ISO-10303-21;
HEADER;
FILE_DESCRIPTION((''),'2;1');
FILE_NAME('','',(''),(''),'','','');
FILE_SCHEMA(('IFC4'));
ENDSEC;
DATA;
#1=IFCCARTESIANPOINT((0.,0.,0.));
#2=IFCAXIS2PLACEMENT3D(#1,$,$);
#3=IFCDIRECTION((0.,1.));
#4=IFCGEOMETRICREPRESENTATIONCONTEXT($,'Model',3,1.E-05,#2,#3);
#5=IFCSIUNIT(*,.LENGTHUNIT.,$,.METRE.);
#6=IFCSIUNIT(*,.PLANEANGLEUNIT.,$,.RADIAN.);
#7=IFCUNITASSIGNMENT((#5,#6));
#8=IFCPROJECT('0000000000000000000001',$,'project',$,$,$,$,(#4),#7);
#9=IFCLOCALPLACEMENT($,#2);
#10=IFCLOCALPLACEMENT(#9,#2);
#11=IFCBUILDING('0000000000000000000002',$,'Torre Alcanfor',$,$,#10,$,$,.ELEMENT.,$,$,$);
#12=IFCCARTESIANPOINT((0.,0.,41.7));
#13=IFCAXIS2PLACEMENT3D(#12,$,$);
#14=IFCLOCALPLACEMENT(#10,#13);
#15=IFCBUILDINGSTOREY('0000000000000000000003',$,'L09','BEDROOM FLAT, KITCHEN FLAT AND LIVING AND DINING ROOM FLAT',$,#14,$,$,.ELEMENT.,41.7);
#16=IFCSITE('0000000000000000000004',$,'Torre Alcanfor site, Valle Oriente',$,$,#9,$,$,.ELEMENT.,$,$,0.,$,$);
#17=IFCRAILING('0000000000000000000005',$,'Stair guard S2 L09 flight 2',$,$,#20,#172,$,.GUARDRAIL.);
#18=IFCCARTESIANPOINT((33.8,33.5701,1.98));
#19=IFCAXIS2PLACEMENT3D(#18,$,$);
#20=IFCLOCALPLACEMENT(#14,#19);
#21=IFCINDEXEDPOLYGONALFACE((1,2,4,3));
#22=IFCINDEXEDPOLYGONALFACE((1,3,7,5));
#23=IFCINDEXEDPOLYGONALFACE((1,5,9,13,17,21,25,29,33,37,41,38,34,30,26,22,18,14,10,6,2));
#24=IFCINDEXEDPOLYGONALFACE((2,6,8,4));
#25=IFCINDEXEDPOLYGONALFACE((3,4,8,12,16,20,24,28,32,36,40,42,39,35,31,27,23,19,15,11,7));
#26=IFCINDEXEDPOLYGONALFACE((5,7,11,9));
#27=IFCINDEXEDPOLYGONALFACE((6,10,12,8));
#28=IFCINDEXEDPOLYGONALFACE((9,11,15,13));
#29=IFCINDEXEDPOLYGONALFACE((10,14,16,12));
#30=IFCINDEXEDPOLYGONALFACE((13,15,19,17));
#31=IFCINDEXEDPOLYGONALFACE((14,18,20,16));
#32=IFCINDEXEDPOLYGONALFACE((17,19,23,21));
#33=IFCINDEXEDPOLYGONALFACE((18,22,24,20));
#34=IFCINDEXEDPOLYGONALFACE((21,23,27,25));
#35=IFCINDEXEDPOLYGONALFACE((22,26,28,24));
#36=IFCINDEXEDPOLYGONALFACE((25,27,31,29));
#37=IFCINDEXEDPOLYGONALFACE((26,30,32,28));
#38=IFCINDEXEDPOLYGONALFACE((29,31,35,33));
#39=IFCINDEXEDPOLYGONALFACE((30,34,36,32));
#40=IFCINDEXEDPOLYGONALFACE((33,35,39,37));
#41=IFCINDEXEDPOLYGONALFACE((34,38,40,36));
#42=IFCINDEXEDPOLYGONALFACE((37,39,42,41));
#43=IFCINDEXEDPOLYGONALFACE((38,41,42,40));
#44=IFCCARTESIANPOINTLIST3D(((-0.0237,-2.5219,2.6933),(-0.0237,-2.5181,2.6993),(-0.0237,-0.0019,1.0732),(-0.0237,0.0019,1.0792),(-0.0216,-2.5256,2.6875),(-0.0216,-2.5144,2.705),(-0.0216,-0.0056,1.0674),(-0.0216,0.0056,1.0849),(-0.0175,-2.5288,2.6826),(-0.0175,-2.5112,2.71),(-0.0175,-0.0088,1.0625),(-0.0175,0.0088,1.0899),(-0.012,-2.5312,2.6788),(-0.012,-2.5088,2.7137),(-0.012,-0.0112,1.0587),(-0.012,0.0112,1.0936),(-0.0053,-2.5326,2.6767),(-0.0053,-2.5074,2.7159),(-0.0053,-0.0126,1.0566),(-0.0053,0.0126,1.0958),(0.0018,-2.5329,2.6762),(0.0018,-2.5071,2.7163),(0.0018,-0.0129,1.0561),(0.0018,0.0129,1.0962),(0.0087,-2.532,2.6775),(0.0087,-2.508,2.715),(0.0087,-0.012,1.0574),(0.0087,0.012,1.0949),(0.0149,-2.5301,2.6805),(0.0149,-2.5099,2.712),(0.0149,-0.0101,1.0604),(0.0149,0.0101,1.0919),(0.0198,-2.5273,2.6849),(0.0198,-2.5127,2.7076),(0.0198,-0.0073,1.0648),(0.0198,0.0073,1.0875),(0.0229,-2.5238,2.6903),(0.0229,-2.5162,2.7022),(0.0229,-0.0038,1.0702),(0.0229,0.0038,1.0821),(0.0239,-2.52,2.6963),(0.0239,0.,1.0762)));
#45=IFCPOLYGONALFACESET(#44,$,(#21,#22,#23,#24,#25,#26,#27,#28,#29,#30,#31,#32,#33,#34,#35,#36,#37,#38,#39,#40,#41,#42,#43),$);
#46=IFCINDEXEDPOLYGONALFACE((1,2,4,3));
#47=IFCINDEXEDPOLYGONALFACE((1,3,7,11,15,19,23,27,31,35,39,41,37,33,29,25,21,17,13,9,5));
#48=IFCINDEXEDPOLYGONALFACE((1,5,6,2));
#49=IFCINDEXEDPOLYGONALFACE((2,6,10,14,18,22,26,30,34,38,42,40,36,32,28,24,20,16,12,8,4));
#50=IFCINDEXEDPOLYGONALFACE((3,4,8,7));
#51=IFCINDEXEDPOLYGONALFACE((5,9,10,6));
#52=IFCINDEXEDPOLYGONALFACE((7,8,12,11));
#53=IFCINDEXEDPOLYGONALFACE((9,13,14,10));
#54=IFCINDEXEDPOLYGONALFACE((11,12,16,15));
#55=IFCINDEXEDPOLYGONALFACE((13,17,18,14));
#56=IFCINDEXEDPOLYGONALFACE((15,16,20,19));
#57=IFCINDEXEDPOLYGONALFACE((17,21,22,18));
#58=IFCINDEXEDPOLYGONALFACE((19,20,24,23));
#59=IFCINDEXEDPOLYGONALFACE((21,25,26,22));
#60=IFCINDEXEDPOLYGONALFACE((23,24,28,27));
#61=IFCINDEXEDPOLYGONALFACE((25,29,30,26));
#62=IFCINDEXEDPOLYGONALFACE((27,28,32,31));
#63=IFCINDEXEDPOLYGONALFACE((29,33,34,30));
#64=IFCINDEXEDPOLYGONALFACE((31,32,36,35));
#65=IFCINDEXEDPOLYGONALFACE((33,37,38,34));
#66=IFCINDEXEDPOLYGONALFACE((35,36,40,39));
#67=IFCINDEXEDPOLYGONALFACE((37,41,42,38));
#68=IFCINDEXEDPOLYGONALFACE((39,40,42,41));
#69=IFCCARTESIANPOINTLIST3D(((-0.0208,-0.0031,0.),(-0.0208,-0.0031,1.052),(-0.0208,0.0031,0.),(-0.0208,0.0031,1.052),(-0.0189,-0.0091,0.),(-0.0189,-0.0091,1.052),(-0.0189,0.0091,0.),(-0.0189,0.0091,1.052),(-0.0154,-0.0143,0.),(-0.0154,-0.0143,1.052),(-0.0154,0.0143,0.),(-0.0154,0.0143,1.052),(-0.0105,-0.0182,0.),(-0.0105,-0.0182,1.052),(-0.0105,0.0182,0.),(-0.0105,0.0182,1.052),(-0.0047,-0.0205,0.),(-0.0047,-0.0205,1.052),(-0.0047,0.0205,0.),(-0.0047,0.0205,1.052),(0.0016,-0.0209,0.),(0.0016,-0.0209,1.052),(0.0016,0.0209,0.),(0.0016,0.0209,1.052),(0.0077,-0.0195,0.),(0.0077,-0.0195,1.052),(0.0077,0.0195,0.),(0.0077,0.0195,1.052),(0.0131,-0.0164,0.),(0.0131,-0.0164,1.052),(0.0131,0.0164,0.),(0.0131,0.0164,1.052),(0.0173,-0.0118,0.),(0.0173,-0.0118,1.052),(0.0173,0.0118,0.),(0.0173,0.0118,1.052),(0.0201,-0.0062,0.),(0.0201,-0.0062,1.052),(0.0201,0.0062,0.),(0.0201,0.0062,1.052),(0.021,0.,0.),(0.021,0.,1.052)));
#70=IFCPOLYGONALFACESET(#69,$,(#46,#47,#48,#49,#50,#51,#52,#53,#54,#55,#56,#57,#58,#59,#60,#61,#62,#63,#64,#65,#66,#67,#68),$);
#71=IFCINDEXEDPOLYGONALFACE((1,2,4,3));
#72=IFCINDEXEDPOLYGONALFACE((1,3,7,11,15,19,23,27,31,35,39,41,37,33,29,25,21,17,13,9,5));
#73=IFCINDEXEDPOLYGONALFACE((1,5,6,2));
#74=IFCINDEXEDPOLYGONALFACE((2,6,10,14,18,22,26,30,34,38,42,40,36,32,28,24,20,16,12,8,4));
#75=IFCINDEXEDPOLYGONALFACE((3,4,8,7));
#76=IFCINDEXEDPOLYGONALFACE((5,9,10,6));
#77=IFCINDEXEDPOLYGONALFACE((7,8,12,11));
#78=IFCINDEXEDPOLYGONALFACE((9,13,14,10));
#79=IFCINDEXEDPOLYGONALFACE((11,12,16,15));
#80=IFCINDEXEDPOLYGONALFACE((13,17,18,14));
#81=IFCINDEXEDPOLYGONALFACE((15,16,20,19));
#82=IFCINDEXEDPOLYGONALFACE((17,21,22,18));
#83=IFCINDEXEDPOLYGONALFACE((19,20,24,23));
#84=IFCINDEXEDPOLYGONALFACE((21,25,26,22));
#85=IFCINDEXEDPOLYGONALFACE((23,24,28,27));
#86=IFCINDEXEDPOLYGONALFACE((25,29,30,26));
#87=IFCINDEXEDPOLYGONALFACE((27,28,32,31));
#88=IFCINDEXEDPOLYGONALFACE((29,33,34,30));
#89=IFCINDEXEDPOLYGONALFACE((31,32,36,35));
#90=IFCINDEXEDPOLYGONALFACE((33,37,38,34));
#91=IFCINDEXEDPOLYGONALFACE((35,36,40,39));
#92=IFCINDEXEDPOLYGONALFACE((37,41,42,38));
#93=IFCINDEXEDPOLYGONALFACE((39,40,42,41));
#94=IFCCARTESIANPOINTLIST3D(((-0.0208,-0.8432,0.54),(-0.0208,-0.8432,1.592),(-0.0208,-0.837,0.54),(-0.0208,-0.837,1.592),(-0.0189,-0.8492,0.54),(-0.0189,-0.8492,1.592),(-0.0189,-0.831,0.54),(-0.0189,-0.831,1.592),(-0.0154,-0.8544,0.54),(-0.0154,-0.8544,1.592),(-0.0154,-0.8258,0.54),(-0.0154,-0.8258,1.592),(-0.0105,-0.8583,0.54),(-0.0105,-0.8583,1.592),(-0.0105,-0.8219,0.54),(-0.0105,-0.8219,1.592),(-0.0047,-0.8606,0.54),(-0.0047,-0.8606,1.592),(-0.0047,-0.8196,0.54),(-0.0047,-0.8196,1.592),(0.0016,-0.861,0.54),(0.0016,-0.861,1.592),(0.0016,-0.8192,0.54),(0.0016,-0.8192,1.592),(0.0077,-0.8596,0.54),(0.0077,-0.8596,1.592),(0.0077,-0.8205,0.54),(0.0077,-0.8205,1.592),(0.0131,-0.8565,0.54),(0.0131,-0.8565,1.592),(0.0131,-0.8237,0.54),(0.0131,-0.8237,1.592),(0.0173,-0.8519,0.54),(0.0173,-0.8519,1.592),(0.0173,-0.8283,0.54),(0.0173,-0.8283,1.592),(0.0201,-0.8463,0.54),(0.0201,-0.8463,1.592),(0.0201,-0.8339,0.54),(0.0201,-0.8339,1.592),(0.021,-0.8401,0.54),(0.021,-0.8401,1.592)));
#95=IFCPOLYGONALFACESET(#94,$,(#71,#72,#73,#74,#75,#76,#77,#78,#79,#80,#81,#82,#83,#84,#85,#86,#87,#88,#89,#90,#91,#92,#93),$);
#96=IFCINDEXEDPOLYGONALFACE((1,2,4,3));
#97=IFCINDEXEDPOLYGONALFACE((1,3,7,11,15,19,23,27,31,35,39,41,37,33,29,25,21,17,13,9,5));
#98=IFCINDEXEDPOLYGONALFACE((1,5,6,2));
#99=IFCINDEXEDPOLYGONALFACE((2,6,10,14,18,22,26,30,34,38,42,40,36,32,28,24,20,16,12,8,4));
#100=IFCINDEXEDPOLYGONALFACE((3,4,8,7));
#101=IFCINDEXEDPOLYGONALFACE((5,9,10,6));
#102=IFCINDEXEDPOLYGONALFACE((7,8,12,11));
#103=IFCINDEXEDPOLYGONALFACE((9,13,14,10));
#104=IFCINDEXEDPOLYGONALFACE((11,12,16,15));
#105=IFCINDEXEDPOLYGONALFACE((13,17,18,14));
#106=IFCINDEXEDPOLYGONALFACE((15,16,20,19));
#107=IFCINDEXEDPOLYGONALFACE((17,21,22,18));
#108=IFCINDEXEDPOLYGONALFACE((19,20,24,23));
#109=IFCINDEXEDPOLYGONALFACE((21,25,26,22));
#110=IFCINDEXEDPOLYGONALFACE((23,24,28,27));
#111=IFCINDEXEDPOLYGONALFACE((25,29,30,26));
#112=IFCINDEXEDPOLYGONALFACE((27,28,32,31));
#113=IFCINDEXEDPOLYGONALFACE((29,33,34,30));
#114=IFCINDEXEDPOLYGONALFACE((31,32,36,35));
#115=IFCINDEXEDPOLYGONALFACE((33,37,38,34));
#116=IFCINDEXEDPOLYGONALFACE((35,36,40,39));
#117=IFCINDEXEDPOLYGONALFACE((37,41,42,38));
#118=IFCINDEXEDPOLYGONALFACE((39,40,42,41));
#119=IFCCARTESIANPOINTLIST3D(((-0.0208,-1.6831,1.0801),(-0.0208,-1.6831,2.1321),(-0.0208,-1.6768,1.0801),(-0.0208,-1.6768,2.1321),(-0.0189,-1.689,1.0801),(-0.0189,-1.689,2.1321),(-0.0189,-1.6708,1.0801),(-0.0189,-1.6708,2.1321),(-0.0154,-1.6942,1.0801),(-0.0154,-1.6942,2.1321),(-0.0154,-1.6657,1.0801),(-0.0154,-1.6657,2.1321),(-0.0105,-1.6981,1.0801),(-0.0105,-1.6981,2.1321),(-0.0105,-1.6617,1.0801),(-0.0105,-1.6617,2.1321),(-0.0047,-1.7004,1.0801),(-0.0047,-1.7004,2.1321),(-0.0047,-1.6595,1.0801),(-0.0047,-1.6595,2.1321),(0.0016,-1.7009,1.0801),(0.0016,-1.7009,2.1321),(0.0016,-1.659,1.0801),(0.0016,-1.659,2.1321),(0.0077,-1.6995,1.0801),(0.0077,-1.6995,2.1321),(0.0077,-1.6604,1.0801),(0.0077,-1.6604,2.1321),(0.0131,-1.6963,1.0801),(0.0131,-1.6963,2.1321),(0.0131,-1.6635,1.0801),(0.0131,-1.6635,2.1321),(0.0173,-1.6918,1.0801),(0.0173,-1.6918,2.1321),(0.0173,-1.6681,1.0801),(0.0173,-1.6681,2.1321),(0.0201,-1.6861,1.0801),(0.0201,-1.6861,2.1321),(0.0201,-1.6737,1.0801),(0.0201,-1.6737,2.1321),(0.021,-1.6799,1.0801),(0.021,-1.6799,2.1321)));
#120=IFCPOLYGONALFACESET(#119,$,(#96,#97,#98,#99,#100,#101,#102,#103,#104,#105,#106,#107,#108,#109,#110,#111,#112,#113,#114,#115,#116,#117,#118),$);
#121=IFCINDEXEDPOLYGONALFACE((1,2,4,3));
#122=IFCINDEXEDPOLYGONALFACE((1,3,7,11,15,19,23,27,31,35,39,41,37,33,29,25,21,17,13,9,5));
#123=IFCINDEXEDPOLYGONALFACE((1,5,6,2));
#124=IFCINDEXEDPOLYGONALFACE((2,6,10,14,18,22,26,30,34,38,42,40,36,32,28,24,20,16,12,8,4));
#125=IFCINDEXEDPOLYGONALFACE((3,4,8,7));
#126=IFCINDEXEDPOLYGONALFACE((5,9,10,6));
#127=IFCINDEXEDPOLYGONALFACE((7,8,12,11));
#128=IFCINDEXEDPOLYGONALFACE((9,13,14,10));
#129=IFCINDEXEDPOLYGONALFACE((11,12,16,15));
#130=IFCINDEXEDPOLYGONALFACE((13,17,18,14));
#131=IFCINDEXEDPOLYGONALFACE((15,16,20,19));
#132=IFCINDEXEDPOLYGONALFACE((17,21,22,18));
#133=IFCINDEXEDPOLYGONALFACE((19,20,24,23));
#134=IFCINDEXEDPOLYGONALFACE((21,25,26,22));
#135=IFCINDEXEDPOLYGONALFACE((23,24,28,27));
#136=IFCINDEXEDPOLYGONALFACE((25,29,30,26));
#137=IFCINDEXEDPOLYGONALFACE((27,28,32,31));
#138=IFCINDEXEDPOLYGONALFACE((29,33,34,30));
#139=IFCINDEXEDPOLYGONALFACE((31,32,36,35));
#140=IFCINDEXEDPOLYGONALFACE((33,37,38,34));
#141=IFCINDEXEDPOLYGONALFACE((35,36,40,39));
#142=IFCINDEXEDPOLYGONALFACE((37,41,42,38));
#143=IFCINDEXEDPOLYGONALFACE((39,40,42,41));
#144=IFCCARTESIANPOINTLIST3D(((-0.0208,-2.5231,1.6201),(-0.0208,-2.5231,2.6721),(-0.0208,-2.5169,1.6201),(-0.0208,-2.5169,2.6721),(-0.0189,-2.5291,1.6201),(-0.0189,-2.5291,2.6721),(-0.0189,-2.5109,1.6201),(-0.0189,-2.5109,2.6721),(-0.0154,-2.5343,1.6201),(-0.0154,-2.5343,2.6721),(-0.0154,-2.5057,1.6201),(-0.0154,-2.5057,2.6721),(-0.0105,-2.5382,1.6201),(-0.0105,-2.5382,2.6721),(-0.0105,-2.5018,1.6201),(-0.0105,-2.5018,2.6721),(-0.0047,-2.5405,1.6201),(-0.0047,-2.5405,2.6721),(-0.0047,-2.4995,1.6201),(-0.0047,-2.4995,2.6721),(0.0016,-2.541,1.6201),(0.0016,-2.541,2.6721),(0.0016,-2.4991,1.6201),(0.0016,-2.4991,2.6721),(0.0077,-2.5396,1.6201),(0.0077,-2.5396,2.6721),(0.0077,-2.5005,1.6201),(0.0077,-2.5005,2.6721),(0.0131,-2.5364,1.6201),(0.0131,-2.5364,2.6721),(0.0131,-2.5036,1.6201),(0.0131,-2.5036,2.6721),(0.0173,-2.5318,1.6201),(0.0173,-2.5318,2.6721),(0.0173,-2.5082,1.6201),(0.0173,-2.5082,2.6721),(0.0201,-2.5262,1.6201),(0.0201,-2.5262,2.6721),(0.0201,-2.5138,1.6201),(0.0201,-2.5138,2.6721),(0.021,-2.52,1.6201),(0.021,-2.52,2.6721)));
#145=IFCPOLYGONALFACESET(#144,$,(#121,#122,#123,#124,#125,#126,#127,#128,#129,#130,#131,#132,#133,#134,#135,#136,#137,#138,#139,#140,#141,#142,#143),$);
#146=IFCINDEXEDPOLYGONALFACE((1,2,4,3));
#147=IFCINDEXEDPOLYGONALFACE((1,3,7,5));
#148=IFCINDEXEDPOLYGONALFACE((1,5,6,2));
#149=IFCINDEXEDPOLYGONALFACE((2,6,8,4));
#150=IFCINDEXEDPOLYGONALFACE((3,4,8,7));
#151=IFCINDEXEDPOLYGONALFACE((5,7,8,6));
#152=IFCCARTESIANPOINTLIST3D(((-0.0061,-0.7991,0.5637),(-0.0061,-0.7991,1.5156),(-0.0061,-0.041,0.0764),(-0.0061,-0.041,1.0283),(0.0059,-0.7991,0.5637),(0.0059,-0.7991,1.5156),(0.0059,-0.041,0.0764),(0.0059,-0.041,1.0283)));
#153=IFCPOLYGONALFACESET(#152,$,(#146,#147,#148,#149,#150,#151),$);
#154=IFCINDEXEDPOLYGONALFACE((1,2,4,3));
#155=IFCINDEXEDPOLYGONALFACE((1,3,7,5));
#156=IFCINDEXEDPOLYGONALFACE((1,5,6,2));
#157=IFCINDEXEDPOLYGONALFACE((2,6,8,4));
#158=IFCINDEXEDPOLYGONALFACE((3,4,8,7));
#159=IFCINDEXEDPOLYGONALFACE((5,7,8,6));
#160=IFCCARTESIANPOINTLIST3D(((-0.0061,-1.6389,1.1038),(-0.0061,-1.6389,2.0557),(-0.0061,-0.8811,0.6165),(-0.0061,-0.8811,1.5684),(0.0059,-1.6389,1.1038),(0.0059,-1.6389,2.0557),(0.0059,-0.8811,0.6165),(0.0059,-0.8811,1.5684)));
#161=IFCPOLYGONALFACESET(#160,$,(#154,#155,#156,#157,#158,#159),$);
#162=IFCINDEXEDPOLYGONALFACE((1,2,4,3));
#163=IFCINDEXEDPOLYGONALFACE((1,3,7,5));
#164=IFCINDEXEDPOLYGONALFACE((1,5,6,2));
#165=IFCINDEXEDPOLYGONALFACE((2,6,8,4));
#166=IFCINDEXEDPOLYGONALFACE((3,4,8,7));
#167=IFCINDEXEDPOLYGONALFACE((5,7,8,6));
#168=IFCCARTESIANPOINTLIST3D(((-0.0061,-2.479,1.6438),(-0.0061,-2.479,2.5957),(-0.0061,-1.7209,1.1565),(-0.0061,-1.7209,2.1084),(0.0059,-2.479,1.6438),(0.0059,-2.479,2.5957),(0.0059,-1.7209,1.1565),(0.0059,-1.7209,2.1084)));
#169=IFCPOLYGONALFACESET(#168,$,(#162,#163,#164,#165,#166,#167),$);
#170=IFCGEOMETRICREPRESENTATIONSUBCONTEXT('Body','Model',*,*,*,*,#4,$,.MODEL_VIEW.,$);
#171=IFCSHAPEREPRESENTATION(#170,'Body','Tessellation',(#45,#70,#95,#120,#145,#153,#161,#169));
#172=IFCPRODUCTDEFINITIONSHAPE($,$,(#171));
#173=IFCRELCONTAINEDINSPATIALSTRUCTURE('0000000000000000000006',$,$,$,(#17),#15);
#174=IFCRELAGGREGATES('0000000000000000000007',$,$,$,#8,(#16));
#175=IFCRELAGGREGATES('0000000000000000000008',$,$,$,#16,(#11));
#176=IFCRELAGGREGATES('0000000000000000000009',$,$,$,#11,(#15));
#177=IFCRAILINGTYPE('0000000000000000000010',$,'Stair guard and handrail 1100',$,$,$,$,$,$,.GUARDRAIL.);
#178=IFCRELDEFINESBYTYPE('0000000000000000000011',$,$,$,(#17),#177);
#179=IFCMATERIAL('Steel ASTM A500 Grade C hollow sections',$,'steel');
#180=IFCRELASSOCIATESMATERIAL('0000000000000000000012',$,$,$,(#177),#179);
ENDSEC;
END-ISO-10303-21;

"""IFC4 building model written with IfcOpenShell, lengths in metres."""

from ifc_helpers import new_model, si_unit, direction, frame, origin, origin_2d, place, context, subcontext, project, spatial, polyline, circle, outline, extrude, material, type_object, element, save


model = new_model("IFC4")

# Units and contexts
model_context = context("Model", 3, precision=1e-05, world=origin(), true_north=direction((0.0, 1.0)))
body_context = subcontext(model_context, "Body", "Model", "MODEL_VIEW")
ifc_project = project(units=[si_unit("LENGTHUNIT", "METRE"), si_unit("PLANEANGLEUNIT", "RADIAN")], contexts=[model_context])

# Site, building, storey
site_placement = place(None, origin())
site = spatial("IfcSite", under=ifc_project, at=site_placement, Name="Torre Alcanfor site, Valle Oriente", CompositionType="ELEMENT", RefElevation=0.0)
building_placement = place(site_placement, origin())
building = spatial("IfcBuilding", under=site, at=building_placement, Name="Torre Alcanfor", CompositionType="ELEMENT")
storey_placement = place(building_placement, frame((0.0, 0.0, 41.7)))
storey = spatial("IfcBuildingStorey", under=building, at=storey_placement, Name="L09", Description="BEDROOM FLAT, KITCHEN FLAT AND LIVING AND DINING ROOM FLAT", CompositionType="ELEMENT", Elevation=41.7)

# Railing
ifc_material_1 = material(Name="Steel ASTM A500 Grade C hollow sections", Category="steel")
railing_type_1 = type_object("IfcRailingType", Name="Stair guard and handrail 1100", PredefinedType="GUARDRAIL", material=ifc_material_1)
railing_1_placement = place(storey_placement, frame((33.8, 33.5701, 1.98)))
element("IfcRailing", 1, at=railing_1_placement, inside=storey, type_object=railing_type_1, Name="Stair guard S2 L09 flight 2", PredefinedType="GUARDRAIL", context=body_context, shape_type="SweptSolid", body=[
    extrude(circle(Radius=0.0239, at=origin_2d()), frame((0.0, 0.0, 1.0762), z_axis=(0.0, -0.841163, 0.540782), x_axis=(1.0, 0.0, 0.0)), (0.0, 0.0, 1.0), 2.9958),
    extrude(circle(Radius=0.021, at=origin_2d()), origin(), (0.0, 0.0, 1.0), 1.052),
    extrude(circle(Radius=0.021, at=origin_2d()), frame((0.0, -0.8401, 0.54)), (0.0, 0.0, 1.0), 1.052),
    extrude(circle(Radius=0.021, at=origin_2d()), frame((0.0, -1.6799, 1.0801)), (0.0, 0.0, 1.0), 1.052),
    extrude(circle(Radius=0.021, at=origin_2d()), frame((0.0, -2.52, 1.6201)), (0.0, 0.0, 1.0), 1.052),
    extrude(outline(polyline([(0.041, 0.0764), (0.7991, 0.5637), (0.7991, 1.5156), (0.041, 1.0283), (0.041, 0.0764)])), frame((0.0059, 0.0, 0.0), z_axis=(-1.0, 0.0, 0.0), x_axis=(0.0, -1.0, 0.0)), (0.0, 0.0, 1.0), 0.012),
    extrude(outline(polyline([(0.8811, 0.6165), (1.6389, 1.1038), (1.6389, 2.0557), (0.8811, 1.5684), (0.8811, 0.6165)])), frame((0.0059, 0.0, 0.0), z_axis=(-1.0, 0.0, 0.0), x_axis=(0.0, -1.0, 0.0)), (0.0, 0.0, 1.0), 0.012),
    extrude(outline(polyline([(1.7209, 1.1565), (2.479, 1.6438), (2.479, 2.5957), (1.7209, 2.1084), (1.7209, 1.1565)])), frame((0.0059, 0.0, 0.0), z_axis=(-1.0, 0.0, 0.0), x_axis=(0.0, -1.0, 0.0)), (0.0, 0.0, 1.0), 0.012),
])

save(model, "model.ifc")
